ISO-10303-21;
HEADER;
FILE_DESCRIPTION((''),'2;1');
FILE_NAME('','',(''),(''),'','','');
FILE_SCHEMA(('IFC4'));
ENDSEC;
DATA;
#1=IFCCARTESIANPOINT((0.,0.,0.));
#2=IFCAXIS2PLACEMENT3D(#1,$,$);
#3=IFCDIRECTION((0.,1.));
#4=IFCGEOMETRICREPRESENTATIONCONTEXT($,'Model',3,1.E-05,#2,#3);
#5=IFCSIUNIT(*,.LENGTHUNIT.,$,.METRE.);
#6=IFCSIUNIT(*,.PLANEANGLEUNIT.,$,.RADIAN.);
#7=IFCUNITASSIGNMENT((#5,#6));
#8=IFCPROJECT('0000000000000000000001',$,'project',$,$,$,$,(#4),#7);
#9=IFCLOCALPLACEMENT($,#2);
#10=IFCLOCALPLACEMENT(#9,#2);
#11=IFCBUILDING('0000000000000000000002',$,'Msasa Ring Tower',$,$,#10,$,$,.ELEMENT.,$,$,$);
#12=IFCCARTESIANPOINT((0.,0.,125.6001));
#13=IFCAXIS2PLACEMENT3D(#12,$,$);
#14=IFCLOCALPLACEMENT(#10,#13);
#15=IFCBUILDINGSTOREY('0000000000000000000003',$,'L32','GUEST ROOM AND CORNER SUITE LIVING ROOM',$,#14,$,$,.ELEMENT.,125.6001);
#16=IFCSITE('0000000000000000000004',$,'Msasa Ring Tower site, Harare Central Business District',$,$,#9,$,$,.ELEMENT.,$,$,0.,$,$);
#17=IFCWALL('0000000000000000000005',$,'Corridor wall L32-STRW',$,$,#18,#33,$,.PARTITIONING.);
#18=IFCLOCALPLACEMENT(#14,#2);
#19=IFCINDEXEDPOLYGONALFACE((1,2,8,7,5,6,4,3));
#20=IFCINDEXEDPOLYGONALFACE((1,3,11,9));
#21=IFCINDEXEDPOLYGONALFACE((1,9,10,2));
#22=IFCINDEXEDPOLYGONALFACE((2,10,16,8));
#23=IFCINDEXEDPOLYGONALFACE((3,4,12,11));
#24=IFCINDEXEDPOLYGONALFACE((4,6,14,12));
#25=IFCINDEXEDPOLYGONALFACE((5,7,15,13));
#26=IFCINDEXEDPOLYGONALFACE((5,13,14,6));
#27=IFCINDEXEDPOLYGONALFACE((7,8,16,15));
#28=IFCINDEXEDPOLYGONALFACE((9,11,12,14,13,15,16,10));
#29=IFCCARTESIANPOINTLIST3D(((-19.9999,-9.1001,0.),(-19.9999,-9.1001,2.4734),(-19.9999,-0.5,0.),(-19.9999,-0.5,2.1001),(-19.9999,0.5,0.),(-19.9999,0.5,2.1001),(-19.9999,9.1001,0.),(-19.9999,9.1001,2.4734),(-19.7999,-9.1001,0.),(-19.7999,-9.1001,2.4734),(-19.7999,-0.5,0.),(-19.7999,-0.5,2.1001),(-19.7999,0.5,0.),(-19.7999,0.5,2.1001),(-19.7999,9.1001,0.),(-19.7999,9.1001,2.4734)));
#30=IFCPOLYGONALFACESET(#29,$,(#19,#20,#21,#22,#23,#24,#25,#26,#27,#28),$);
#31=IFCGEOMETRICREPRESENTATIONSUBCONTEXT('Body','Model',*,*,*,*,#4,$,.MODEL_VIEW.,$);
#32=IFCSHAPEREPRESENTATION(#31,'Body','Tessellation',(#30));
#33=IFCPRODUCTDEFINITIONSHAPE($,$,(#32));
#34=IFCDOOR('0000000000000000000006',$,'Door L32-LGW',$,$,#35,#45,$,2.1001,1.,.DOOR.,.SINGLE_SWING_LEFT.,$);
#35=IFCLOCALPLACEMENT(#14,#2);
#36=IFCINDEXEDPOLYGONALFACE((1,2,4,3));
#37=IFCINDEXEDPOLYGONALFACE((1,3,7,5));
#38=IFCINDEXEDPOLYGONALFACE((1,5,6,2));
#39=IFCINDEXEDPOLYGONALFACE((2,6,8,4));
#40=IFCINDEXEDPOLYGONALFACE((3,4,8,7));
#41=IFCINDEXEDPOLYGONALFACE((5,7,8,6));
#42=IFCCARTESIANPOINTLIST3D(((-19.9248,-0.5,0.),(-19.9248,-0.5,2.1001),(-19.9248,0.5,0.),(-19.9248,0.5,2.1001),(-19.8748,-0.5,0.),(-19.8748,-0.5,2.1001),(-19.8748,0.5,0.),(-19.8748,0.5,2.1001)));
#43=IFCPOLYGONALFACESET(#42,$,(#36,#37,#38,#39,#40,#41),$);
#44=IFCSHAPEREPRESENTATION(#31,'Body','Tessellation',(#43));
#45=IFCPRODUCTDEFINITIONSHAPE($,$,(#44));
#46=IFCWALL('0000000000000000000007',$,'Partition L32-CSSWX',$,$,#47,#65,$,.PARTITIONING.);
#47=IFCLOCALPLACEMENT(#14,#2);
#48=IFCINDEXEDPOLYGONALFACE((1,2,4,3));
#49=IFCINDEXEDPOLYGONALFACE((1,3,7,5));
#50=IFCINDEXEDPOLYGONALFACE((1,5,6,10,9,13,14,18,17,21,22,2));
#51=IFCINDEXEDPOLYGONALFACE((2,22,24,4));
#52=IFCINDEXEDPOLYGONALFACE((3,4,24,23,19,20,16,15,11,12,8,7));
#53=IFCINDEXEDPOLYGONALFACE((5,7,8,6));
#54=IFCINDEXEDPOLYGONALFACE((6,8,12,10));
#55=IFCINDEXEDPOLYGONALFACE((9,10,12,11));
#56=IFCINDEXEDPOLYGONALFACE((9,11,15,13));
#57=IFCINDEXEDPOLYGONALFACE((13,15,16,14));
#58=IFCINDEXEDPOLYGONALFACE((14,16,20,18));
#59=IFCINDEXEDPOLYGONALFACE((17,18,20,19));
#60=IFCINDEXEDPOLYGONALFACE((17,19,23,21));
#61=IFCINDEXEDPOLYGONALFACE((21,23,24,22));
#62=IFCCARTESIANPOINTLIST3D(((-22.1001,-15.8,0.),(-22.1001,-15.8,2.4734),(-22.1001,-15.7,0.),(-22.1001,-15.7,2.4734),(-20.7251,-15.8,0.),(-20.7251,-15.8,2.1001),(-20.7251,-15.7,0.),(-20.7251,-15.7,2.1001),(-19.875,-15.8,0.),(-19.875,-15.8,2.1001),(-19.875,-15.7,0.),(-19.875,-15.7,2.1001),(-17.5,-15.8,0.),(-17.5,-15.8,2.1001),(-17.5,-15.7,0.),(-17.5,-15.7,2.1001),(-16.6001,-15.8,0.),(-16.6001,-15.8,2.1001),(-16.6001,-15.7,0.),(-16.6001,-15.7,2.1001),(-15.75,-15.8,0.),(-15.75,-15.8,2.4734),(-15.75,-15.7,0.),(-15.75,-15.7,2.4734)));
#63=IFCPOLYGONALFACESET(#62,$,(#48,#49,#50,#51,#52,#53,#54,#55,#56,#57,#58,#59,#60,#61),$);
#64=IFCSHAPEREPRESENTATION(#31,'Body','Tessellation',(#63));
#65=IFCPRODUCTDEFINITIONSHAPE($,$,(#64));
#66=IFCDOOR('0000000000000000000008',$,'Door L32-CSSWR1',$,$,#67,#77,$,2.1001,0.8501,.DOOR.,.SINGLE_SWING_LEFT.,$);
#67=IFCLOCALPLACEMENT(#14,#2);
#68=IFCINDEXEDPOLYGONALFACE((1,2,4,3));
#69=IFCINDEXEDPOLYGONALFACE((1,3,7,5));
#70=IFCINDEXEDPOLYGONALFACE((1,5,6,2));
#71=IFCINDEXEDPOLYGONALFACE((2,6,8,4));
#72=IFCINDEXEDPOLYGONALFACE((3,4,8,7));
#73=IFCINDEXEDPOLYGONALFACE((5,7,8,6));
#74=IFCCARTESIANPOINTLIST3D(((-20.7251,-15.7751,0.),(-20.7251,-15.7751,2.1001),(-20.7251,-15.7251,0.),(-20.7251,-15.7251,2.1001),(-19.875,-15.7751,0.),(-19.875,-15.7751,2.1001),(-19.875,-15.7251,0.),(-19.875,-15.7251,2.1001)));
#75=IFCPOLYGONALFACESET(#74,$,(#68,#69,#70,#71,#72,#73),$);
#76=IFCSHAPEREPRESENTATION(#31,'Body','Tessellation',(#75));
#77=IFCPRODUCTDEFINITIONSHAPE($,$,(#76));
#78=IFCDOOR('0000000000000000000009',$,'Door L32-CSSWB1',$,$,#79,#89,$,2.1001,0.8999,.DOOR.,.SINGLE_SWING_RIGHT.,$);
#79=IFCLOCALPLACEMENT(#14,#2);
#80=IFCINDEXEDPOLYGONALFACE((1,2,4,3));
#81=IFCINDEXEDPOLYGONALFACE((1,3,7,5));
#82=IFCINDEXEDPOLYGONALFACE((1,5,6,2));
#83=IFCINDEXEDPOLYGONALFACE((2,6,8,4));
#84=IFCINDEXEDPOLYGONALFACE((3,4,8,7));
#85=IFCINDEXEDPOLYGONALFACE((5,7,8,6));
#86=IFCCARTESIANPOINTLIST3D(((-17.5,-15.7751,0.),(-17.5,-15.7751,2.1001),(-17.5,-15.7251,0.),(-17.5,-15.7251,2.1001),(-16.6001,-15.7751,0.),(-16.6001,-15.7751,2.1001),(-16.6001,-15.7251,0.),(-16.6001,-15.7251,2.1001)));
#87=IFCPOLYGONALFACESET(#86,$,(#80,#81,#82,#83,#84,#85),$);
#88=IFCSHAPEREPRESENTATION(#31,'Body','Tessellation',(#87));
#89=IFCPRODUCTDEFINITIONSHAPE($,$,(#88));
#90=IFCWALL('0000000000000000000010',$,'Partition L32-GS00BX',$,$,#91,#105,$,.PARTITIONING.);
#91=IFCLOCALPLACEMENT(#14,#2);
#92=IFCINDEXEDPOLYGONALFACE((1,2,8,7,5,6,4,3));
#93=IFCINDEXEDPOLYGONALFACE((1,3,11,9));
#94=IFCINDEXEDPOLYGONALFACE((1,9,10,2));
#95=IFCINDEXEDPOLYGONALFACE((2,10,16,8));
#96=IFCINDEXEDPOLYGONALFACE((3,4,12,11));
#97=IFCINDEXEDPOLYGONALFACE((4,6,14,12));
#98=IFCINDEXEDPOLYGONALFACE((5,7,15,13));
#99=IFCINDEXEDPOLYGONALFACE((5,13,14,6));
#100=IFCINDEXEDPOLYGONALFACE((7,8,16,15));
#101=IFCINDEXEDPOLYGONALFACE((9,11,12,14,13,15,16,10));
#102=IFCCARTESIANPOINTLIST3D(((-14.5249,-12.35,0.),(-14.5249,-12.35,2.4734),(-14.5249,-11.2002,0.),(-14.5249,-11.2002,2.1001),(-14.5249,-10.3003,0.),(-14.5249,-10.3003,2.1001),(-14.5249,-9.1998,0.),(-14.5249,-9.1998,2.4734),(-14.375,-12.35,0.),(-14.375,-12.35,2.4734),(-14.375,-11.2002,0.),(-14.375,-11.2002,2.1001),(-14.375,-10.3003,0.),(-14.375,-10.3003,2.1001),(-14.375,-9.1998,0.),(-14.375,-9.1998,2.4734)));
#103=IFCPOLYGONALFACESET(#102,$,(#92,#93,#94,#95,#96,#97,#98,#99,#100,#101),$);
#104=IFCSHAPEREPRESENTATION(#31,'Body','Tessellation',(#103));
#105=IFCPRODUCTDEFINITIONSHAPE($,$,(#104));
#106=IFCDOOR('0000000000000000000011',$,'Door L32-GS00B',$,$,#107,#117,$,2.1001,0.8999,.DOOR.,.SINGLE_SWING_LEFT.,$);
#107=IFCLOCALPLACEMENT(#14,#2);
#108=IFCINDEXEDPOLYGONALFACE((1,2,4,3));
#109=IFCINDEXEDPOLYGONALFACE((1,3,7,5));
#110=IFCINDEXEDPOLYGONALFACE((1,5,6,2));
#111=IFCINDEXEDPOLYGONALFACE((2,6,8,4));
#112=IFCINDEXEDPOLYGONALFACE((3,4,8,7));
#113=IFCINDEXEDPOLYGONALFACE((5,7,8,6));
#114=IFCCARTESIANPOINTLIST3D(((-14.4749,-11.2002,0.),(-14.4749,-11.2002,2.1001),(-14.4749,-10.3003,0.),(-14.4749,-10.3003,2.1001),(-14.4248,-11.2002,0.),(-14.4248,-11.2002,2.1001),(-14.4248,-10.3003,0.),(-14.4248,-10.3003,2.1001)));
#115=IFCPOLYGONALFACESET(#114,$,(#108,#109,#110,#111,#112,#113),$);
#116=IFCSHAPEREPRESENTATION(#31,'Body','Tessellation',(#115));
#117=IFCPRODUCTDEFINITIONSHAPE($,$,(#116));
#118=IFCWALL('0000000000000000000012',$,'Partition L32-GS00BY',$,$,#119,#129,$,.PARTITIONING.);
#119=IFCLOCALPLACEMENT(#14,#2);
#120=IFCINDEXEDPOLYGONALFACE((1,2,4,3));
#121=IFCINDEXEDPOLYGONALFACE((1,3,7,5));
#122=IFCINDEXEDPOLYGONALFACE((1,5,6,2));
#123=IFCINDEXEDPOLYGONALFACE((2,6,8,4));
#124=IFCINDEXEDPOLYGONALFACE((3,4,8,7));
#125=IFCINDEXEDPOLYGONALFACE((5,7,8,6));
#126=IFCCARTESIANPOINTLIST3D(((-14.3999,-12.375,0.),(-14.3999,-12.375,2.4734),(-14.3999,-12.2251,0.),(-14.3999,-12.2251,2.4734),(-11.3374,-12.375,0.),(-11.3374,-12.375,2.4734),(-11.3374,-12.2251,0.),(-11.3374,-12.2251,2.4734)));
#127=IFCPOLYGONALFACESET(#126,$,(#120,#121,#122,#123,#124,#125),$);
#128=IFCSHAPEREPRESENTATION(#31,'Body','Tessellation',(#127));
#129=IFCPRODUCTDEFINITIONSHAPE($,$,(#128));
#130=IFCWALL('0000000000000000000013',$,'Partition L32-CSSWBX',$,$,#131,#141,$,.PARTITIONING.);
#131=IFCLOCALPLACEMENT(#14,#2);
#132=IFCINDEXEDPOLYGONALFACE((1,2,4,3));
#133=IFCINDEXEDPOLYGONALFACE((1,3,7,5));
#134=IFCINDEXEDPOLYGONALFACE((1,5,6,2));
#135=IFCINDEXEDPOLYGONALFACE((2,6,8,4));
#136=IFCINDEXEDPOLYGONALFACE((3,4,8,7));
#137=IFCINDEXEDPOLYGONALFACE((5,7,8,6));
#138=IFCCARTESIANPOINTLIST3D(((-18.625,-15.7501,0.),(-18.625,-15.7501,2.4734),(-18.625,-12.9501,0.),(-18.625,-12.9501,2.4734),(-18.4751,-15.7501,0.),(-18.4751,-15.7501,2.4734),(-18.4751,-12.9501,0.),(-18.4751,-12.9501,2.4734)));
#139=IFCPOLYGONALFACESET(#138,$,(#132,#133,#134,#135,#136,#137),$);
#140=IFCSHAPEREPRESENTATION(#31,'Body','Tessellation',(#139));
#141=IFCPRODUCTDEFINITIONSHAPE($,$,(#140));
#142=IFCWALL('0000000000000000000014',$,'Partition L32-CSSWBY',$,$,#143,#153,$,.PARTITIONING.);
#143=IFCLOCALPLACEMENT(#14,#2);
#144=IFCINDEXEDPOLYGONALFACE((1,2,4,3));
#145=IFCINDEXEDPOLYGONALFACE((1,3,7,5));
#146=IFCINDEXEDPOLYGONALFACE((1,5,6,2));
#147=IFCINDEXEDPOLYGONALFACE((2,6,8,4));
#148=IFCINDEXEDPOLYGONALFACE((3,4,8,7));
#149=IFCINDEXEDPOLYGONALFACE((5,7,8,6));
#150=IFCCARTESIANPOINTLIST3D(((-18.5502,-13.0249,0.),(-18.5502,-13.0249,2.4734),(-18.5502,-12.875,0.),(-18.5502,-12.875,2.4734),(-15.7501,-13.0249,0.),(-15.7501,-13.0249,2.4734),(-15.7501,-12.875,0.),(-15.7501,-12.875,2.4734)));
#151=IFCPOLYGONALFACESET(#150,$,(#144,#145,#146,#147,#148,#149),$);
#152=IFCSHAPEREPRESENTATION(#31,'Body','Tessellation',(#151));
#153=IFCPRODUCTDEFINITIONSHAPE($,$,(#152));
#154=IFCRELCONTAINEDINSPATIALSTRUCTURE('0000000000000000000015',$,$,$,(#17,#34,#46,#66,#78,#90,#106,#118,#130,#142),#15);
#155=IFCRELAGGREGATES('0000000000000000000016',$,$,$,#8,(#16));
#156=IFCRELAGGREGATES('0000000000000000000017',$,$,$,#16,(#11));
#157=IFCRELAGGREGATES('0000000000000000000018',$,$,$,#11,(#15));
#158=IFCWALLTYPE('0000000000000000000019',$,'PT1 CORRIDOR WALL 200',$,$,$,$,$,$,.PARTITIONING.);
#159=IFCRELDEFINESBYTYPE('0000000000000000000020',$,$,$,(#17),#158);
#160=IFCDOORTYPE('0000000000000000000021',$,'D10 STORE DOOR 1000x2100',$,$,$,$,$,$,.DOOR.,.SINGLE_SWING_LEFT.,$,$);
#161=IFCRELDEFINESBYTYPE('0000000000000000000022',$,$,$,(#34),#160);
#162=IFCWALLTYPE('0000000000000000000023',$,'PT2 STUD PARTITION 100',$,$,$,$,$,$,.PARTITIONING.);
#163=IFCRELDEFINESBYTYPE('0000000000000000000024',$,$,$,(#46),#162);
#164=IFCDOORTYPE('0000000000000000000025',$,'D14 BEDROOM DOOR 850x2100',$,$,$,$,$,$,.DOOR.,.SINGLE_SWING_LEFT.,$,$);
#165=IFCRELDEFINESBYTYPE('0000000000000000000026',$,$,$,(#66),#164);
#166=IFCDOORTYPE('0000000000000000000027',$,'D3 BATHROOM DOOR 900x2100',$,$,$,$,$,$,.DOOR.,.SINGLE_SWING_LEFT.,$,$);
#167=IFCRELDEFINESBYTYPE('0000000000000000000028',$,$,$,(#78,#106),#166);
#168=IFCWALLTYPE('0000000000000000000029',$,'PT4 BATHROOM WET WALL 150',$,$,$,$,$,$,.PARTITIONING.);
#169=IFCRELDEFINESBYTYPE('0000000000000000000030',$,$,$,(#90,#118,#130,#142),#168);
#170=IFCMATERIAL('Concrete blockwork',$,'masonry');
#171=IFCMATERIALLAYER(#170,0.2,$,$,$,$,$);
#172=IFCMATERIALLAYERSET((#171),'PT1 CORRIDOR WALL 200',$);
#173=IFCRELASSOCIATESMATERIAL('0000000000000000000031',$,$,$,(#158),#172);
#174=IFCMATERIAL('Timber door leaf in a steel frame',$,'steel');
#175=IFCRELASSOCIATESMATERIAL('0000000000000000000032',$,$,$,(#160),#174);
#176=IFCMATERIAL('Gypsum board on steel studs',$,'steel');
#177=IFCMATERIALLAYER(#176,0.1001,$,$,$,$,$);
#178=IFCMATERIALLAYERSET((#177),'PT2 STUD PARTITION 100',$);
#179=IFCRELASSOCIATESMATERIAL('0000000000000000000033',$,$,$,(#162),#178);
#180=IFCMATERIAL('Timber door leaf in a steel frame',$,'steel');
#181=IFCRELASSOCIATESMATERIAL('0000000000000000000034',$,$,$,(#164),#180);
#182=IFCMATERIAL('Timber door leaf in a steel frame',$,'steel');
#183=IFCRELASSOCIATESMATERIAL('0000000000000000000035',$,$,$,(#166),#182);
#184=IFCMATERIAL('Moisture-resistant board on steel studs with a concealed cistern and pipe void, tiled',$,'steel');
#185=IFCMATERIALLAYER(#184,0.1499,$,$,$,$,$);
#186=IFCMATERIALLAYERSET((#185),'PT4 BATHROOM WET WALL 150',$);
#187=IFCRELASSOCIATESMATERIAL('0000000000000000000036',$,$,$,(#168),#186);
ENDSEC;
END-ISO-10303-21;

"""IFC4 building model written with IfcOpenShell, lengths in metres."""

from ifc_helpers import new_model, si_unit, direction, frame, frame_2d, origin, place, context, subcontext, project, spatial, rectangle, extrude, material, layer, layer_set, type_object, element, fill, save


model = new_model("IFC4")

# Units and contexts
model_context = context("Model", 3, precision=1e-05, world=origin(), true_north=direction((0.0, 1.0)))
body_context = subcontext(model_context, "Body", "Model", "MODEL_VIEW")
ifc_project = project(units=[si_unit("LENGTHUNIT", "METRE"), si_unit("PLANEANGLEUNIT", "RADIAN")], contexts=[model_context])

# Site, building, storey
site_placement = place(None, origin())
site = spatial("IfcSite", under=ifc_project, at=site_placement, Name="Msasa Ring Tower site, Harare Central Business District", CompositionType="ELEMENT", RefElevation=0.0)
building_placement = place(site_placement, origin())
building = spatial("IfcBuilding", under=site, at=building_placement, Name="Msasa Ring Tower", CompositionType="ELEMENT")
storey_placement = place(building_placement, frame((0.0, 0.0, 125.6001)))
storey = spatial("IfcBuildingStorey", under=building, at=storey_placement, Name="L32", Description="GUEST ROOM AND CORNER SUITE LIVING ROOM", CompositionType="ELEMENT", Elevation=125.6001)

# Shared definitions
ifc_material_1 = material(Name="Concrete blockwork", Category="masonry")
ifc_layer_1 = layer(ifc_material_1, 0.2)
ifc_layer_set_1 = layer_set([ifc_layer_1], Name="PT1 CORRIDOR WALL 200")
wall_type_1 = type_object("IfcWallType", Name="PT1 CORRIDOR WALL 200", PredefinedType="PARTITIONING", material=ifc_layer_set_1)

# Wall, opening, door
wall_1_placement = place(storey_placement, frame((-19.8999, -9.1001, 0.0), z_axis=(0.0, 0.0, 1.0), x_axis=(0.0, 1.0, 0.0)))
wall_1 = element("IfcWall", 1, at=wall_1_placement, inside=storey, type_object=wall_type_1, Name="Corridor wall L32-STRW", PredefinedType="PARTITIONING", context=body_context, shape_type="SweptSolid", body=[
    extrude(rectangle(XDim=18.2002, YDim=0.2, at=frame_2d((9.1001, 0.0))), origin(), (0.0, 0.0, 1.0), 2.4734),
])
opening_1_placement = place(wall_1_placement, frame((8.6001, 0.0, 0.0)))
opening_1 = element("IfcOpeningElement", 2, at=opening_1_placement, cuts=wall_1, PredefinedType="OPENING", context=body_context, shape_type="SweptSolid", body=[
    extrude(rectangle(XDim=1.0, YDim=2.1001, at=frame_2d((0.5, 1.05))), frame((0.0, 0.1099, 0.0), z_axis=(0.0, -1.0, 0.0), x_axis=(1.0, 0.0, 0.0)), (0.0, 0.0, 1.0), 0.22),
])
ifc_material_2 = material(Name="Timber door leaf in a steel frame", Category="steel")
door_type_1 = type_object("IfcDoorType", Name="D10 STORE DOOR 1000x2100", OperationType="SINGLE_SWING_LEFT", PredefinedType="DOOR", material=ifc_material_2)
door_1_placement = place(opening_1_placement, origin())
door_1 = element("IfcDoor", 3, at=door_1_placement, inside=storey, type_object=door_type_1, Name="Door L32-LGW", OperationType="SINGLE_SWING_LEFT", OverallHeight=2.1001, OverallWidth=1.0, PredefinedType="DOOR", context=body_context, shape_type="SweptSolid", body=[
    extrude(rectangle(XDim=1.0, YDim=2.1001, at=frame_2d((0.5, 1.05))), frame((0.0, 0.0249, 0.0), z_axis=(0.0, -1.0, 0.0), x_axis=(1.0, 0.0, 0.0)), (0.0, 0.0, 1.0), 0.05),
])
fill(opening_1, door_1)

# Wall, openings, doors
ifc_material_3 = material(Name="Gypsum board on steel studs", Category="steel")
ifc_layer_2 = layer(ifc_material_3, 0.1001)
ifc_layer_set_2 = layer_set([ifc_layer_2], Name="PT2 STUD PARTITION 100")
wall_type_2 = type_object("IfcWallType", Name="PT2 STUD PARTITION 100", PredefinedType="PARTITIONING", material=ifc_layer_set_2)
wall_2_placement = place(storey_placement, frame((-22.1001, -15.75, 0.0), z_axis=(0.0, 0.0, 1.0), x_axis=(1.0, 0.0, 0.0)))
wall_2 = element("IfcWall", 4, at=wall_2_placement, inside=storey, type_object=wall_type_2, Name="Partition L32-CSSWX", PredefinedType="PARTITIONING", context=body_context, shape_type="SweptSolid", body=[
    extrude(rectangle(XDim=6.3501, YDim=0.1001, at=frame_2d((3.175, 0.0))), origin(), (0.0, 0.0, 1.0), 2.4734),
])
opening_2_placement = place(wall_2_placement, frame((1.375, 0.0, 0.0)))
opening_2 = element("IfcOpeningElement", 5, at=opening_2_placement, cuts=wall_2, PredefinedType="OPENING", context=body_context, shape_type="SweptSolid", body=[
    extrude(rectangle(XDim=0.8501, YDim=2.1001, at=frame_2d((0.425, 1.05))), frame((0.0, 0.0601, 0.0), z_axis=(0.0, -1.0, 0.0), x_axis=(1.0, 0.0, 0.0)), (0.0, 0.0, 1.0), 0.1201),
])
opening_3_placement = place(wall_2_placement, frame((4.6001, 0.0, 0.0)))
opening_3 = element("IfcOpeningElement", 6, at=opening_3_placement, cuts=wall_2, PredefinedType="OPENING", context=body_context, shape_type="SweptSolid", body=[
    extrude(rectangle(XDim=0.8999, YDim=2.1001, at=frame_2d((0.45, 1.05))), frame((0.0, 0.0601, 0.0), z_axis=(0.0, -1.0, 0.0), x_axis=(1.0, 0.0, 0.0)), (0.0, 0.0, 1.0), 0.1201),
])
ifc_material_4 = material(Name="Timber door leaf in a steel frame", Category="steel")
door_type_2 = type_object("IfcDoorType", Name="D14 BEDROOM DOOR 850x2100", OperationType="SINGLE_SWING_LEFT", PredefinedType="DOOR", material=ifc_material_4)
door_2_placement = place(opening_2_placement, origin())
door_2 = element("IfcDoor", 7, at=door_2_placement, inside=storey, type_object=door_type_2, Name="Door L32-CSSWR1", OperationType="SINGLE_SWING_LEFT", OverallHeight=2.1001, OverallWidth=0.8501, PredefinedType="DOOR", context=body_context, shape_type="SweptSolid", body=[
    extrude(rectangle(XDim=0.8501, YDim=2.1001, at=frame_2d((0.425, 1.05))), frame((0.0, 0.0249, 0.0), z_axis=(0.0, -1.0, 0.0), x_axis=(1.0, 0.0, 0.0)), (0.0, 0.0, 1.0), 0.05),
])
fill(opening_2, door_2)
ifc_material_5 = material(Name="Timber door leaf in a steel frame", Category="steel")
door_type_3 = type_object("IfcDoorType", Name="D3 BATHROOM DOOR 900x2100", OperationType="SINGLE_SWING_LEFT", PredefinedType="DOOR", material=ifc_material_5)
door_3_placement = place(opening_3_placement, origin())
door_3 = element("IfcDoor", 8, at=door_3_placement, inside=storey, type_object=door_type_3, Name="Door L32-CSSWB1", OperationType="SINGLE_SWING_RIGHT", OverallHeight=2.1001, OverallWidth=0.8999, PredefinedType="DOOR", context=body_context, shape_type="SweptSolid", body=[
    extrude(rectangle(XDim=0.8999, YDim=2.1001, at=frame_2d((0.45, 1.05))), frame((0.0, 0.0249, 0.0), z_axis=(0.0, -1.0, 0.0), x_axis=(1.0, 0.0, 0.0)), (0.0, 0.0, 1.0), 0.05),
])
fill(opening_3, door_3)

# Wall, opening, door
ifc_material_6 = material(Name="Moisture-resistant board on steel studs with a concealed cistern and pipe void, tiled", Category="steel")
ifc_layer_3 = layer(ifc_material_6, 0.1499)
ifc_layer_set_3 = layer_set([ifc_layer_3], Name="PT4 BATHROOM WET WALL 150")
wall_type_3 = type_object("IfcWallType", Name="PT4 BATHROOM WET WALL 150", PredefinedType="PARTITIONING", material=ifc_layer_set_3)
wall_3_placement = place(storey_placement, frame((-14.45, -12.3501, 0.0), z_axis=(0.0, 0.0, 1.0), x_axis=(0.0, 1.0, 0.0)))
wall_3 = element("IfcWall", 9, at=wall_3_placement, inside=storey, type_object=wall_type_3, Name="Partition L32-GS00BX", PredefinedType="PARTITIONING", context=body_context, shape_type="SweptSolid", body=[
    extrude(rectangle(XDim=3.1501, YDim=0.1499, at=frame_2d((1.5752, 0.0))), origin(), (0.0, 0.0, 1.0), 2.4734),
])
opening_4_placement = place(wall_3_placement, frame((1.1499, 0.0, 0.0)))
opening_4 = element("IfcOpeningElement", 10, at=opening_4_placement, cuts=wall_3, PredefinedType="OPENING", context=body_context, shape_type="SweptSolid", body=[
    extrude(rectangle(XDim=0.8999, YDim=2.1001, at=frame_2d((0.45, 1.05))), frame((0.0, 0.085, 0.0), z_axis=(0.0, -1.0, 0.0), x_axis=(1.0, 0.0, 0.0)), (0.0, 0.0, 1.0), 0.1699),
])
door_4_placement = place(opening_4_placement, origin())
door_4 = element("IfcDoor", 11, at=door_4_placement, inside=storey, type_object=door_type_3, Name="Door L32-GS00B", OperationType="SINGLE_SWING_LEFT", OverallHeight=2.1001, OverallWidth=0.8999, PredefinedType="DOOR", context=body_context, shape_type="SweptSolid", body=[
    extrude(rectangle(XDim=0.8999, YDim=2.1001, at=frame_2d((0.45, 1.05))), frame((0.0, 0.0249, 0.0), z_axis=(0.0, -1.0, 0.0), x_axis=(1.0, 0.0, 0.0)), (0.0, 0.0, 1.0), 0.05),
])
fill(opening_4, door_4)

# Walls
wall_4_placement = place(storey_placement, frame((-14.3999, -12.3, 0.0), z_axis=(0.0, 0.0, 1.0), x_axis=(1.0, 0.0, 0.0)))
element("IfcWall", 12, at=wall_4_placement, inside=storey, type_object=wall_type_3, Name="Partition L32-GS00BY", PredefinedType="PARTITIONING", context=body_context, shape_type="SweptSolid", body=[
    extrude(rectangle(XDim=3.0625, YDim=0.1499, at=frame_2d((1.5312, 0.0))), origin(), (0.0, 0.0, 1.0), 2.4734),
])
for number, where, z_axis, x_axis, name in (
    (13, (-18.55, -15.75, 0.0), (0.0, 0.0, 1.0), (0.0, 1.0, 0.0), "Partition L32-CSSWBX"),
    (14, (-18.55, -12.95, 0.0), (0.0, 0.0, 1.0), (1.0, 0.0, 0.0), "Partition L32-CSSWBY"),
):
    element("IfcWall", number, at=place(storey_placement, frame(where, z_axis=z_axis, x_axis=x_axis)), inside=storey, type_object=wall_type_3, Name=name, PredefinedType="PARTITIONING", context=body_context, shape_type="SweptSolid", body=[
        extrude(rectangle(XDim=2.8, YDim=0.1499, at=frame_2d((1.3999, 0.0))), origin(), (0.0, 0.0, 1.0), 2.4734),
    ])

save(model, "model.ifc")
